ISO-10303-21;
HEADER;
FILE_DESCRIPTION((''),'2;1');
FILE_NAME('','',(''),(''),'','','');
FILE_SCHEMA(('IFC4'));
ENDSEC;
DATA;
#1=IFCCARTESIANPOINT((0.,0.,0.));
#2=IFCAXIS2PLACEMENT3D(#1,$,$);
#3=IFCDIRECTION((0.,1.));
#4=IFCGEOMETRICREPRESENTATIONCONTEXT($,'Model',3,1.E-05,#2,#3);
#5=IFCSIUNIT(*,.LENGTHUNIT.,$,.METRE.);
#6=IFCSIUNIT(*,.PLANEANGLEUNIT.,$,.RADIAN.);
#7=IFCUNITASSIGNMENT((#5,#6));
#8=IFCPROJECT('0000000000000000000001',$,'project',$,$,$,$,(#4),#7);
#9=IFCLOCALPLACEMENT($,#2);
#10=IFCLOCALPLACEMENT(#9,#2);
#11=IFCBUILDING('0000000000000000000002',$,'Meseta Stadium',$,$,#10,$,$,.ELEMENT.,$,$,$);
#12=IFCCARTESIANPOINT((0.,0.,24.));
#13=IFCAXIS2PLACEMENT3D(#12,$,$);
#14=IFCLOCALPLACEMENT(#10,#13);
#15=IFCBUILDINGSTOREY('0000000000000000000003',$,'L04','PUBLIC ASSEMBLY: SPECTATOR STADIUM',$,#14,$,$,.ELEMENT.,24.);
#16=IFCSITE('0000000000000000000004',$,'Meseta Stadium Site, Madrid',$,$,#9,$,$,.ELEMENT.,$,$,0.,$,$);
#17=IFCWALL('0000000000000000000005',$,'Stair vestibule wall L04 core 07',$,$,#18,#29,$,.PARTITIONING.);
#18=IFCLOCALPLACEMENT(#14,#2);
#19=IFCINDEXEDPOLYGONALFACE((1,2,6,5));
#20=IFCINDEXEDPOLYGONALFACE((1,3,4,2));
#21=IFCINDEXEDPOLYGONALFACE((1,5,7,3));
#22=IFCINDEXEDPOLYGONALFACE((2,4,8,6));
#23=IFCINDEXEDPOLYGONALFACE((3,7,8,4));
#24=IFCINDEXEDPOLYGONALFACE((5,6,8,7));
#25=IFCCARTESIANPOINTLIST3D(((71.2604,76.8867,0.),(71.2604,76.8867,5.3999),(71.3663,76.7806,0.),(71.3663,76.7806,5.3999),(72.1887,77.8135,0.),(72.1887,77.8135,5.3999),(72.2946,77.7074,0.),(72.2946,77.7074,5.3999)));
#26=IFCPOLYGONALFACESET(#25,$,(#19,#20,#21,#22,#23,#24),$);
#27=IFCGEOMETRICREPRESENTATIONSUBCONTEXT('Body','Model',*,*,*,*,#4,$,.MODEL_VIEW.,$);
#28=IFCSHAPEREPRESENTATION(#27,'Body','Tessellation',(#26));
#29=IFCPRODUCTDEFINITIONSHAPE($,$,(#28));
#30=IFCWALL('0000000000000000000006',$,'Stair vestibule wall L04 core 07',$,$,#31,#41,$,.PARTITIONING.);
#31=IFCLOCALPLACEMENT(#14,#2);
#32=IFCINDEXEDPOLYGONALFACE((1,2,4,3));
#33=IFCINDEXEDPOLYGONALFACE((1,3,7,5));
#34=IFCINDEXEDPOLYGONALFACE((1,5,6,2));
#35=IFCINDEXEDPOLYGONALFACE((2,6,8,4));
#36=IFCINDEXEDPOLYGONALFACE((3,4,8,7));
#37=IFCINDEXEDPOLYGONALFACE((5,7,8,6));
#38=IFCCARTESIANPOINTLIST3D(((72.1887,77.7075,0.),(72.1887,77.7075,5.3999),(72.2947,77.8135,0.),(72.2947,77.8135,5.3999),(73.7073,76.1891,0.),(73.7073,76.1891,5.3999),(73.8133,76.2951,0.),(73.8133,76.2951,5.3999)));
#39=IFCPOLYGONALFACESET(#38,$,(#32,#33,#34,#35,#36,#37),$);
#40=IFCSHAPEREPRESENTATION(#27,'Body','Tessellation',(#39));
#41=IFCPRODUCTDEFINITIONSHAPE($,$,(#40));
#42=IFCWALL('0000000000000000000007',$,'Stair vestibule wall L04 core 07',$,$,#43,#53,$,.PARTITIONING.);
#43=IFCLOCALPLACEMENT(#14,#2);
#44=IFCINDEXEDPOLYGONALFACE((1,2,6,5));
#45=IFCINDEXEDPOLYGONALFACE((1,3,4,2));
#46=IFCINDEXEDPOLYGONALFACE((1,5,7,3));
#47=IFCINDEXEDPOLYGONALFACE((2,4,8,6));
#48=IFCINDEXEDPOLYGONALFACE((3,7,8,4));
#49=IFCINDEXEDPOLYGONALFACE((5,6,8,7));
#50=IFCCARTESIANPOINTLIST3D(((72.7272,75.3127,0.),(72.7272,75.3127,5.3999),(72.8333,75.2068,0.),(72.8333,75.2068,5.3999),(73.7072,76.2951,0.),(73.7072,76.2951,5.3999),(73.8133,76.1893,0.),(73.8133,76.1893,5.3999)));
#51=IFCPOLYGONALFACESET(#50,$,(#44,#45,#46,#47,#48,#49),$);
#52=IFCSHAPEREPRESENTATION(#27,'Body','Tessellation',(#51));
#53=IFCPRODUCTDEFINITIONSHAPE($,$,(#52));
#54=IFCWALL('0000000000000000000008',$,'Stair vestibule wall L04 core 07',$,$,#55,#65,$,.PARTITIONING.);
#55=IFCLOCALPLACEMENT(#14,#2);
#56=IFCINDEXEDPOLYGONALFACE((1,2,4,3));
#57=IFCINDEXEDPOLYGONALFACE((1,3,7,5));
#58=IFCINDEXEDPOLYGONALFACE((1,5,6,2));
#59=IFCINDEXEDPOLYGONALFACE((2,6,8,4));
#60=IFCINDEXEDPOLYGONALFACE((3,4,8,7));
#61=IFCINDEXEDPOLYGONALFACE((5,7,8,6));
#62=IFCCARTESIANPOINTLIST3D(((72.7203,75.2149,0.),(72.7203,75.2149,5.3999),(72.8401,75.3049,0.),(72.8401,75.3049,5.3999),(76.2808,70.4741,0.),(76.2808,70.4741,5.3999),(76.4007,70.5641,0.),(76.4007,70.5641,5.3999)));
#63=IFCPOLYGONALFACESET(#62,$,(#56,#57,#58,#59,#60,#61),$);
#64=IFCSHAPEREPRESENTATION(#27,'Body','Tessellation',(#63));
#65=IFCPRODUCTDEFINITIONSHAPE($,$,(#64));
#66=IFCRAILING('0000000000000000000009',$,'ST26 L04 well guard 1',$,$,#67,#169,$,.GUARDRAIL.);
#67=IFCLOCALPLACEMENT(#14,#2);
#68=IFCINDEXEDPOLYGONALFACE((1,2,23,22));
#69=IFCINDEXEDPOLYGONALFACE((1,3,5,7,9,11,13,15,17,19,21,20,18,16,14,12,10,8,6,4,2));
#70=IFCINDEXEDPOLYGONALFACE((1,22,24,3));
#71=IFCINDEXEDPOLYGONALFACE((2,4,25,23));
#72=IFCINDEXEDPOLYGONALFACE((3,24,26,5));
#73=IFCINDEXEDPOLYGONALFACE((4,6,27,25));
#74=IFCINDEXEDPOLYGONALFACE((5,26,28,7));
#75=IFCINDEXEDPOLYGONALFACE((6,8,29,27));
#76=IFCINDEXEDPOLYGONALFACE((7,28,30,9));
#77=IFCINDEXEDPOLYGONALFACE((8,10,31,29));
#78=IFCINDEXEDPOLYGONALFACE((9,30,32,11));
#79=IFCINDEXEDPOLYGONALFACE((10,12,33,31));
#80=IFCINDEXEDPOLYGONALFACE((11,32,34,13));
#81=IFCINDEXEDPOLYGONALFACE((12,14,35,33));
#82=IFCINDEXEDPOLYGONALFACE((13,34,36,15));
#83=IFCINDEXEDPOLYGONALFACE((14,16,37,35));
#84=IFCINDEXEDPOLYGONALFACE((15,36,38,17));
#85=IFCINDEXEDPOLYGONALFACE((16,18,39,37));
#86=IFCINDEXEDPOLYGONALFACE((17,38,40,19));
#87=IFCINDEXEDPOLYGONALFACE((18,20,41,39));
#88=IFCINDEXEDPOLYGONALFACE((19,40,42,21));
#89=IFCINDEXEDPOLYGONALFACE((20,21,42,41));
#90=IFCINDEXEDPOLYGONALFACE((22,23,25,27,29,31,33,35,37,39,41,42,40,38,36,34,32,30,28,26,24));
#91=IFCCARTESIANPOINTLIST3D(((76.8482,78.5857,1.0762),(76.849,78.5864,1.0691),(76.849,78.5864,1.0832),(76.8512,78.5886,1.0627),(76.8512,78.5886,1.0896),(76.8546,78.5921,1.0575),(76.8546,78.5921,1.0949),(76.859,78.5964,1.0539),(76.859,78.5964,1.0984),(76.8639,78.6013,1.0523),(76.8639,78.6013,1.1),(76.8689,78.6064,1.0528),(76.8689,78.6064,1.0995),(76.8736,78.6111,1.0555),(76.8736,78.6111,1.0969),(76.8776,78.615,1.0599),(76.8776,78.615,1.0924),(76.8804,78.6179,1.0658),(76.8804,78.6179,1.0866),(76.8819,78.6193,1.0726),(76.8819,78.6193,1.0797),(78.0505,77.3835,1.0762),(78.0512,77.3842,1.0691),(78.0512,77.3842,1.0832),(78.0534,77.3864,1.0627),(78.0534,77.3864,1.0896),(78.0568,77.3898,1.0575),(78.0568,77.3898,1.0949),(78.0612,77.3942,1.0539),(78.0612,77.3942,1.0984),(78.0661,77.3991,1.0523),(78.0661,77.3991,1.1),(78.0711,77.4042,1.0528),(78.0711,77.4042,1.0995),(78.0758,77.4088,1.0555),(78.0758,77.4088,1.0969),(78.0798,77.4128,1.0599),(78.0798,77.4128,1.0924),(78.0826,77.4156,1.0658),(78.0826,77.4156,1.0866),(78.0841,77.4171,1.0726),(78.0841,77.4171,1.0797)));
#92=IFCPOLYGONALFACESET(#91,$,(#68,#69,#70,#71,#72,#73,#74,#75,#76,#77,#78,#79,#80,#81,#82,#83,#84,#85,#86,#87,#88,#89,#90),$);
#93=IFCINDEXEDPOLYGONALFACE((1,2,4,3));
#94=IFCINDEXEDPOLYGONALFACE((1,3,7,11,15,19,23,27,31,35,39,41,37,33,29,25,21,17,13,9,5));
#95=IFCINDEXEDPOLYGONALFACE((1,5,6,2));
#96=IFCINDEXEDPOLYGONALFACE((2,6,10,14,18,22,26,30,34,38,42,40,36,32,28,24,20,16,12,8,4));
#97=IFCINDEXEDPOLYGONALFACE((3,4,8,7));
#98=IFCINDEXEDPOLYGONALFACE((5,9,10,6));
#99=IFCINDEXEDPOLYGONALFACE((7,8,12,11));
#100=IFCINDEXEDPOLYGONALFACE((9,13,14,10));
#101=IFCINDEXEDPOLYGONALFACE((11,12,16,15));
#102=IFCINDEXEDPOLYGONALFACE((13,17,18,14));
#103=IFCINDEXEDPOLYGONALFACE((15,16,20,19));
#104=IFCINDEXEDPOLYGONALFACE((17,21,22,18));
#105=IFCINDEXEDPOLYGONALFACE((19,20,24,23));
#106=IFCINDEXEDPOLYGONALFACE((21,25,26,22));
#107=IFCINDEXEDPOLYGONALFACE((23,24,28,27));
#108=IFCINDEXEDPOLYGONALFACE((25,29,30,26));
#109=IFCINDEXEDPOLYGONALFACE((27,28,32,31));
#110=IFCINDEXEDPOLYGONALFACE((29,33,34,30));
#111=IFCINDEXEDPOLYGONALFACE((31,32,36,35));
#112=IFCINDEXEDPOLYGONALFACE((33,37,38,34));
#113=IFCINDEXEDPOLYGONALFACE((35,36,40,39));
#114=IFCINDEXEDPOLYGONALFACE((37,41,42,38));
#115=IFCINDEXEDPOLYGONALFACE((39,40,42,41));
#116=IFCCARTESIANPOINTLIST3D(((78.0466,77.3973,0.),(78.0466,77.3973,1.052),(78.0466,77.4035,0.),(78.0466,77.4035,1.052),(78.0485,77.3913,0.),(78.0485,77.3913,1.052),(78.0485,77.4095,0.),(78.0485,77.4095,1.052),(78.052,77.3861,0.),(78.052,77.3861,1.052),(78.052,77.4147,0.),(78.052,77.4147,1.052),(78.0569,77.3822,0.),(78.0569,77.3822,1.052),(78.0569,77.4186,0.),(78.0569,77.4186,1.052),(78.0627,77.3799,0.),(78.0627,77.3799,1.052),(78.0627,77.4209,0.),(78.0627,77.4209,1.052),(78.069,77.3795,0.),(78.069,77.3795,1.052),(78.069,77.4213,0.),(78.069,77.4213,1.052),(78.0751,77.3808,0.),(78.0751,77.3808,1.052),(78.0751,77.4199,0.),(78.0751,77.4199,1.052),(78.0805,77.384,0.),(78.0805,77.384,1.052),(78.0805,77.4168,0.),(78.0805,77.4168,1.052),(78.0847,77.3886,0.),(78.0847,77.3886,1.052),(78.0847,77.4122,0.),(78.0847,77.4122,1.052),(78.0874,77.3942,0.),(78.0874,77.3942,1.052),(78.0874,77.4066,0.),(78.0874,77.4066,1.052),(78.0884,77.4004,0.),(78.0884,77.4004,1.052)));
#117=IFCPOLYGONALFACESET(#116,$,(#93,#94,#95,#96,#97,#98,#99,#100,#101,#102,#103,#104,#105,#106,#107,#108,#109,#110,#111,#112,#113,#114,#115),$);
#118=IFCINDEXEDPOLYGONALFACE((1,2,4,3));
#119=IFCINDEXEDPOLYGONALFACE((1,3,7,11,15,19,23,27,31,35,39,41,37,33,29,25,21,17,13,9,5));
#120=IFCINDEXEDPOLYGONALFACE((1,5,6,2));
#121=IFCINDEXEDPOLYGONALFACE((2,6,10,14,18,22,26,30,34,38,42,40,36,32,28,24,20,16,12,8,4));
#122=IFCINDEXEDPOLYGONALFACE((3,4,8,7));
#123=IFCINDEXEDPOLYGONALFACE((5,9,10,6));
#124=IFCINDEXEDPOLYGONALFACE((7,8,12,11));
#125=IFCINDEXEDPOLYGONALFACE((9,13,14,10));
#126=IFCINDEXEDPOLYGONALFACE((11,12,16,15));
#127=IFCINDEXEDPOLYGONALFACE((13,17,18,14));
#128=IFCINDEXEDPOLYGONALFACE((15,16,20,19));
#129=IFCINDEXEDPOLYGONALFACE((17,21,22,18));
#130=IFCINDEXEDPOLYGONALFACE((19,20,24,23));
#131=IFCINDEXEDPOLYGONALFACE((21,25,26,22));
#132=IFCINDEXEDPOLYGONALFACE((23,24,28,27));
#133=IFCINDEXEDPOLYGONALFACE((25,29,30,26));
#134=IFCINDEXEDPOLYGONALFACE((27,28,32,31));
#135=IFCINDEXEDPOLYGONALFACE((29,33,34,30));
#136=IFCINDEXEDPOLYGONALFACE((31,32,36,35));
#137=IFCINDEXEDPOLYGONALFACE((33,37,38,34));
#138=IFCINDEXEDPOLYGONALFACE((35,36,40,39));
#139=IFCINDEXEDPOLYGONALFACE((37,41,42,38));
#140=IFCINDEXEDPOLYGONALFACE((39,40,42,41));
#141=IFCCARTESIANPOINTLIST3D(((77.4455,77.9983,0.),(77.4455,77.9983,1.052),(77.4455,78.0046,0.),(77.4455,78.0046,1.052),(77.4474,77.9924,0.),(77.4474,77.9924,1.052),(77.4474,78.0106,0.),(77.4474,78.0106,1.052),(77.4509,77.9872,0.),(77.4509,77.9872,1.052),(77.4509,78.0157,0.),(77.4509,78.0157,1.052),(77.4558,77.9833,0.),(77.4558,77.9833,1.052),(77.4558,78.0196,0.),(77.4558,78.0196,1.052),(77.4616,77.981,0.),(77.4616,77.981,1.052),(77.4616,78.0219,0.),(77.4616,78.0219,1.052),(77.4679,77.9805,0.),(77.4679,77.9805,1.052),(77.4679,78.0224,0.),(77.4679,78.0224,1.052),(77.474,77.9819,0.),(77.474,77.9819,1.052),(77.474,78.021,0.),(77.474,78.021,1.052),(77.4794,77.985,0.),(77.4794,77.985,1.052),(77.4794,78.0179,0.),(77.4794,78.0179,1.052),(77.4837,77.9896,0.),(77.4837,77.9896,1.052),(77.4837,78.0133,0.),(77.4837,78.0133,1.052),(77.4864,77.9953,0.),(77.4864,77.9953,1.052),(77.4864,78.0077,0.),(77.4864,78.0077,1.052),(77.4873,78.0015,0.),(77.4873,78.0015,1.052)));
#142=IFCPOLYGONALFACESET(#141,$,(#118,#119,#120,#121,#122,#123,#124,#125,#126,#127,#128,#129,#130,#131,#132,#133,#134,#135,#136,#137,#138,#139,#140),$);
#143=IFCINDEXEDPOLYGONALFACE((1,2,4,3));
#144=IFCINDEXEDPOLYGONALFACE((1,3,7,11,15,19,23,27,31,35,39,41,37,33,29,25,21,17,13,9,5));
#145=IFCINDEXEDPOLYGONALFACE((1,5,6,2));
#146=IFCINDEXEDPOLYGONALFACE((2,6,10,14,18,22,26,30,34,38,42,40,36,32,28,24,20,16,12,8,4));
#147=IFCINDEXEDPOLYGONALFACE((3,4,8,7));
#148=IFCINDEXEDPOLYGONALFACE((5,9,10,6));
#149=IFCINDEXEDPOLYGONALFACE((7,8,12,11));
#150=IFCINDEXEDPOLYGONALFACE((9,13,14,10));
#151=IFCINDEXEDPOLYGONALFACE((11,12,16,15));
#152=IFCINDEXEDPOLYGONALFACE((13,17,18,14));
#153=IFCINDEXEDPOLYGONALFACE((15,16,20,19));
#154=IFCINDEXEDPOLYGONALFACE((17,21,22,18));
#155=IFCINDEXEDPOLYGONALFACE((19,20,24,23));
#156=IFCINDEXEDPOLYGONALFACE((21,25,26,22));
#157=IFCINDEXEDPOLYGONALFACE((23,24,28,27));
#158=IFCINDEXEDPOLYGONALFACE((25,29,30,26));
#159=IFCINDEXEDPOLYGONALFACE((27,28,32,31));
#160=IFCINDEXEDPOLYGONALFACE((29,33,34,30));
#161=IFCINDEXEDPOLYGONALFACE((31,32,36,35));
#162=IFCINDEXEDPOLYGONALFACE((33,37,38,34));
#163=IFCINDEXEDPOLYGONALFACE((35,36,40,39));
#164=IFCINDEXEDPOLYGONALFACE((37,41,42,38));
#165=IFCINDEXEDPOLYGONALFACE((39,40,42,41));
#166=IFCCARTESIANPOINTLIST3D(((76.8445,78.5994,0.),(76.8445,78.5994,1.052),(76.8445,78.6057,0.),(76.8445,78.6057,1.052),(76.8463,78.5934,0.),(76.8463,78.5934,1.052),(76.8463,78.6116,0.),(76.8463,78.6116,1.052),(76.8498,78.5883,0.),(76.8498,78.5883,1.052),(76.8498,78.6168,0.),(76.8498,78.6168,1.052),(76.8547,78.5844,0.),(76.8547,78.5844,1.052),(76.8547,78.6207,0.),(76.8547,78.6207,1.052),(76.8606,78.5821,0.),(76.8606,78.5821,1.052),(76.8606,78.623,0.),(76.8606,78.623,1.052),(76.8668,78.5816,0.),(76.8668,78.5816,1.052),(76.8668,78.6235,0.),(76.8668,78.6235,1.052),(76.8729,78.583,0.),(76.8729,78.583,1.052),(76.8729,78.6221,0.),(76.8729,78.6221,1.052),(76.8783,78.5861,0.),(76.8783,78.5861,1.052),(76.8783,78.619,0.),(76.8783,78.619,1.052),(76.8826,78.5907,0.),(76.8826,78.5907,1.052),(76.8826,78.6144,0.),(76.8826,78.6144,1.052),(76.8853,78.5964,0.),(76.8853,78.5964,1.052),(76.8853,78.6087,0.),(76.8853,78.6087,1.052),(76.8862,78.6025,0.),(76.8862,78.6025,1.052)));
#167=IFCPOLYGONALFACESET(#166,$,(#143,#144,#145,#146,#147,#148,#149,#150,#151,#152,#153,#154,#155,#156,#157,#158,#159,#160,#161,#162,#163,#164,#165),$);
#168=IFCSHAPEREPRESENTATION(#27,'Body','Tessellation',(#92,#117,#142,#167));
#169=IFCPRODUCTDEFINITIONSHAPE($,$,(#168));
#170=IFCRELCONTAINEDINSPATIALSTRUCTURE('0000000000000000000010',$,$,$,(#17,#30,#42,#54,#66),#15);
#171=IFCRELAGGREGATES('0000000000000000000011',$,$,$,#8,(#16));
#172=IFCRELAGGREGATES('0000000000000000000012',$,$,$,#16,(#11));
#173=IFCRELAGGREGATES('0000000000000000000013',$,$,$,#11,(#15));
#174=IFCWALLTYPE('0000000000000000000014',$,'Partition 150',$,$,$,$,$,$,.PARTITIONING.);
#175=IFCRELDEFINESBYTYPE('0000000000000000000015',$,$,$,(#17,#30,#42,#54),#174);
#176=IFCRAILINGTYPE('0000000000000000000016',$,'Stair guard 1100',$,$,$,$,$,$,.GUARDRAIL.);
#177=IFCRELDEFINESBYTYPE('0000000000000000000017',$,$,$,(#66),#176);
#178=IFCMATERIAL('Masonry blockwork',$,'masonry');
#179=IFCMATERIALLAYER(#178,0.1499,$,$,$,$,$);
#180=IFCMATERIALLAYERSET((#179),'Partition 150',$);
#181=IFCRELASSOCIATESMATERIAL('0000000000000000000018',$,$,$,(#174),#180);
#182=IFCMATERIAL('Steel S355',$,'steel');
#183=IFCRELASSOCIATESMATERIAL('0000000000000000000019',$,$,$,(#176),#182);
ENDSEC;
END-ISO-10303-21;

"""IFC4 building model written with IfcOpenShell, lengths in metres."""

from ifc_helpers import new_model, si_unit, direction, frame, frame_2d, origin, origin_2d, place, context, subcontext, project, spatial, rectangle, circle, extrude, material, layer, layer_set, type_object, element, save


model = new_model("IFC4")

# Units and contexts
model_context = context("Model", 3, precision=1e-05, world=origin(), true_north=direction((0.0, 1.0)))
body_context = subcontext(model_context, "Body", "Model", "MODEL_VIEW")
ifc_project = project(units=[si_unit("LENGTHUNIT", "METRE"), si_unit("PLANEANGLEUNIT", "RADIAN")], contexts=[model_context])

# Site, building, storey
site_placement = place(None, origin())
site = spatial("IfcSite", under=ifc_project, at=site_placement, Name="Meseta Stadium Site, Madrid", CompositionType="ELEMENT", RefElevation=0.0)
building_placement = place(site_placement, origin())
building = spatial("IfcBuilding", under=site, at=building_placement, Name="Meseta Stadium", CompositionType="ELEMENT")
storey_placement = place(building_placement, frame((0.0, 0.0, 24.0)))
storey = spatial("IfcBuildingStorey", under=building, at=storey_placement, Name="L04", Description="PUBLIC ASSEMBLY: SPECTATOR STADIUM", CompositionType="ELEMENT", Elevation=24.0)

# Walls
ifc_material_1 = material(Name="Masonry blockwork", Category="masonry")
ifc_layer_1 = layer(ifc_material_1, 0.1499)
ifc_layer_set_1 = layer_set([ifc_layer_1], Name="Partition 150")
wall_type_1 = type_object("IfcWallType", Name="Partition 150", PredefinedType="PARTITIONING", material=ifc_layer_set_1)
wall_1_placement = place(storey_placement, frame((71.3135, 76.8337, 0.0), z_axis=(0.0, 0.0, 1.0), x_axis=(0.707665, 0.706548, 0.0)))
element("IfcWall", 1, at=wall_1_placement, inside=storey, type_object=wall_type_1, Name="Stair vestibule wall L04 core 07", PredefinedType="PARTITIONING", context=body_context, shape_type="SweptSolid", body=[
    extrude(rectangle(XDim=1.3118, YDim=0.1499, at=frame_2d((0.6558, 0.0))), origin(), (0.0, 0.0, 1.0), 5.3999),
])
wall_2_placement = place(storey_placement, frame((72.2417, 77.7605, 0.0), z_axis=(0.0, 0.0, 1.0), x_axis=(0.707164, -0.70705, 0.0)))
element("IfcWall", 2, at=wall_2_placement, inside=storey, type_object=wall_type_1, Name="Stair vestibule wall L04 core 07", PredefinedType="PARTITIONING", context=body_context, shape_type="SweptSolid", body=[
    extrude(rectangle(XDim=2.1475, YDim=0.1499, at=frame_2d((1.0737, 0.0))), origin(), (0.0, 0.0, 1.0), 5.3999),
])
wall_3_placement = place(storey_placement, frame((73.7603, 76.2422, 0.0), z_axis=(0.0, 0.0, 1.0), x_axis=(-0.706227, -0.707986, 0.0)))
element("IfcWall", 3, at=wall_3_placement, inside=storey, type_object=wall_type_1, Name="Stair vestibule wall L04 core 07", PredefinedType="PARTITIONING", context=body_context, shape_type="SweptSolid", body=[
    extrude(rectangle(XDim=1.3877, YDim=0.1499, at=frame_2d((0.6938, 0.0))), origin(), (0.0, 0.0, 1.0), 5.3999),
])
wall_4_placement = place(storey_placement, frame((72.7803, 75.2598, 0.0), z_axis=(0.0, 0.0, 1.0), x_axis=(0.60054, -0.799595, 0.0)))
element("IfcWall", 4, at=wall_4_placement, inside=storey, type_object=wall_type_1, Name="Stair vestibule wall L04 core 07", PredefinedType="PARTITIONING", context=body_context, shape_type="SweptSolid", body=[
    extrude(rectangle(XDim=5.929, YDim=0.1499, at=frame_2d((2.9644, 0.0))), origin(), (0.0, 0.0, 1.0), 5.3999),
])

# Railing
ifc_material_2 = material(Name="Steel S355", Category="steel")
railing_type = type_object("IfcRailingType", Name="Stair guard 1100", PredefinedType="GUARDRAIL", material=ifc_material_2)
for number, where, name in (
    (5, (78.0674, 77.4004, 0.0), "ST26 L04 well guard 1"),
):
    element("IfcRailing", number, at=place(storey_placement, frame(where)), inside=storey, type_object=railing_type, Name=name, PredefinedType="GUARDRAIL", context=body_context, shape_type="SweptSolid", body=[
        extrude(circle(Radius=0.0239, at=origin_2d()), frame((0.0, 0.0, 1.0762), z_axis=(-0.707107, 0.707107, 0.0), x_axis=(-0.707107, -0.707107, 0.0)), (0.0, 0.0, 1.0), 1.7002),
        extrude(circle(Radius=0.021, at=origin_2d()), origin(), (0.0, 0.0, 1.0), 1.052),
        extrude(circle(Radius=0.021, at=origin_2d()), frame((-0.6011, 0.6011, 0.0)), (0.0, 0.0, 1.0), 1.052),
        extrude(circle(Radius=0.021, at=origin_2d()), frame((-1.2021, 1.2021, 0.0)), (0.0, 0.0, 1.0), 1.052),
    ])

save(model, "model.ifc")
